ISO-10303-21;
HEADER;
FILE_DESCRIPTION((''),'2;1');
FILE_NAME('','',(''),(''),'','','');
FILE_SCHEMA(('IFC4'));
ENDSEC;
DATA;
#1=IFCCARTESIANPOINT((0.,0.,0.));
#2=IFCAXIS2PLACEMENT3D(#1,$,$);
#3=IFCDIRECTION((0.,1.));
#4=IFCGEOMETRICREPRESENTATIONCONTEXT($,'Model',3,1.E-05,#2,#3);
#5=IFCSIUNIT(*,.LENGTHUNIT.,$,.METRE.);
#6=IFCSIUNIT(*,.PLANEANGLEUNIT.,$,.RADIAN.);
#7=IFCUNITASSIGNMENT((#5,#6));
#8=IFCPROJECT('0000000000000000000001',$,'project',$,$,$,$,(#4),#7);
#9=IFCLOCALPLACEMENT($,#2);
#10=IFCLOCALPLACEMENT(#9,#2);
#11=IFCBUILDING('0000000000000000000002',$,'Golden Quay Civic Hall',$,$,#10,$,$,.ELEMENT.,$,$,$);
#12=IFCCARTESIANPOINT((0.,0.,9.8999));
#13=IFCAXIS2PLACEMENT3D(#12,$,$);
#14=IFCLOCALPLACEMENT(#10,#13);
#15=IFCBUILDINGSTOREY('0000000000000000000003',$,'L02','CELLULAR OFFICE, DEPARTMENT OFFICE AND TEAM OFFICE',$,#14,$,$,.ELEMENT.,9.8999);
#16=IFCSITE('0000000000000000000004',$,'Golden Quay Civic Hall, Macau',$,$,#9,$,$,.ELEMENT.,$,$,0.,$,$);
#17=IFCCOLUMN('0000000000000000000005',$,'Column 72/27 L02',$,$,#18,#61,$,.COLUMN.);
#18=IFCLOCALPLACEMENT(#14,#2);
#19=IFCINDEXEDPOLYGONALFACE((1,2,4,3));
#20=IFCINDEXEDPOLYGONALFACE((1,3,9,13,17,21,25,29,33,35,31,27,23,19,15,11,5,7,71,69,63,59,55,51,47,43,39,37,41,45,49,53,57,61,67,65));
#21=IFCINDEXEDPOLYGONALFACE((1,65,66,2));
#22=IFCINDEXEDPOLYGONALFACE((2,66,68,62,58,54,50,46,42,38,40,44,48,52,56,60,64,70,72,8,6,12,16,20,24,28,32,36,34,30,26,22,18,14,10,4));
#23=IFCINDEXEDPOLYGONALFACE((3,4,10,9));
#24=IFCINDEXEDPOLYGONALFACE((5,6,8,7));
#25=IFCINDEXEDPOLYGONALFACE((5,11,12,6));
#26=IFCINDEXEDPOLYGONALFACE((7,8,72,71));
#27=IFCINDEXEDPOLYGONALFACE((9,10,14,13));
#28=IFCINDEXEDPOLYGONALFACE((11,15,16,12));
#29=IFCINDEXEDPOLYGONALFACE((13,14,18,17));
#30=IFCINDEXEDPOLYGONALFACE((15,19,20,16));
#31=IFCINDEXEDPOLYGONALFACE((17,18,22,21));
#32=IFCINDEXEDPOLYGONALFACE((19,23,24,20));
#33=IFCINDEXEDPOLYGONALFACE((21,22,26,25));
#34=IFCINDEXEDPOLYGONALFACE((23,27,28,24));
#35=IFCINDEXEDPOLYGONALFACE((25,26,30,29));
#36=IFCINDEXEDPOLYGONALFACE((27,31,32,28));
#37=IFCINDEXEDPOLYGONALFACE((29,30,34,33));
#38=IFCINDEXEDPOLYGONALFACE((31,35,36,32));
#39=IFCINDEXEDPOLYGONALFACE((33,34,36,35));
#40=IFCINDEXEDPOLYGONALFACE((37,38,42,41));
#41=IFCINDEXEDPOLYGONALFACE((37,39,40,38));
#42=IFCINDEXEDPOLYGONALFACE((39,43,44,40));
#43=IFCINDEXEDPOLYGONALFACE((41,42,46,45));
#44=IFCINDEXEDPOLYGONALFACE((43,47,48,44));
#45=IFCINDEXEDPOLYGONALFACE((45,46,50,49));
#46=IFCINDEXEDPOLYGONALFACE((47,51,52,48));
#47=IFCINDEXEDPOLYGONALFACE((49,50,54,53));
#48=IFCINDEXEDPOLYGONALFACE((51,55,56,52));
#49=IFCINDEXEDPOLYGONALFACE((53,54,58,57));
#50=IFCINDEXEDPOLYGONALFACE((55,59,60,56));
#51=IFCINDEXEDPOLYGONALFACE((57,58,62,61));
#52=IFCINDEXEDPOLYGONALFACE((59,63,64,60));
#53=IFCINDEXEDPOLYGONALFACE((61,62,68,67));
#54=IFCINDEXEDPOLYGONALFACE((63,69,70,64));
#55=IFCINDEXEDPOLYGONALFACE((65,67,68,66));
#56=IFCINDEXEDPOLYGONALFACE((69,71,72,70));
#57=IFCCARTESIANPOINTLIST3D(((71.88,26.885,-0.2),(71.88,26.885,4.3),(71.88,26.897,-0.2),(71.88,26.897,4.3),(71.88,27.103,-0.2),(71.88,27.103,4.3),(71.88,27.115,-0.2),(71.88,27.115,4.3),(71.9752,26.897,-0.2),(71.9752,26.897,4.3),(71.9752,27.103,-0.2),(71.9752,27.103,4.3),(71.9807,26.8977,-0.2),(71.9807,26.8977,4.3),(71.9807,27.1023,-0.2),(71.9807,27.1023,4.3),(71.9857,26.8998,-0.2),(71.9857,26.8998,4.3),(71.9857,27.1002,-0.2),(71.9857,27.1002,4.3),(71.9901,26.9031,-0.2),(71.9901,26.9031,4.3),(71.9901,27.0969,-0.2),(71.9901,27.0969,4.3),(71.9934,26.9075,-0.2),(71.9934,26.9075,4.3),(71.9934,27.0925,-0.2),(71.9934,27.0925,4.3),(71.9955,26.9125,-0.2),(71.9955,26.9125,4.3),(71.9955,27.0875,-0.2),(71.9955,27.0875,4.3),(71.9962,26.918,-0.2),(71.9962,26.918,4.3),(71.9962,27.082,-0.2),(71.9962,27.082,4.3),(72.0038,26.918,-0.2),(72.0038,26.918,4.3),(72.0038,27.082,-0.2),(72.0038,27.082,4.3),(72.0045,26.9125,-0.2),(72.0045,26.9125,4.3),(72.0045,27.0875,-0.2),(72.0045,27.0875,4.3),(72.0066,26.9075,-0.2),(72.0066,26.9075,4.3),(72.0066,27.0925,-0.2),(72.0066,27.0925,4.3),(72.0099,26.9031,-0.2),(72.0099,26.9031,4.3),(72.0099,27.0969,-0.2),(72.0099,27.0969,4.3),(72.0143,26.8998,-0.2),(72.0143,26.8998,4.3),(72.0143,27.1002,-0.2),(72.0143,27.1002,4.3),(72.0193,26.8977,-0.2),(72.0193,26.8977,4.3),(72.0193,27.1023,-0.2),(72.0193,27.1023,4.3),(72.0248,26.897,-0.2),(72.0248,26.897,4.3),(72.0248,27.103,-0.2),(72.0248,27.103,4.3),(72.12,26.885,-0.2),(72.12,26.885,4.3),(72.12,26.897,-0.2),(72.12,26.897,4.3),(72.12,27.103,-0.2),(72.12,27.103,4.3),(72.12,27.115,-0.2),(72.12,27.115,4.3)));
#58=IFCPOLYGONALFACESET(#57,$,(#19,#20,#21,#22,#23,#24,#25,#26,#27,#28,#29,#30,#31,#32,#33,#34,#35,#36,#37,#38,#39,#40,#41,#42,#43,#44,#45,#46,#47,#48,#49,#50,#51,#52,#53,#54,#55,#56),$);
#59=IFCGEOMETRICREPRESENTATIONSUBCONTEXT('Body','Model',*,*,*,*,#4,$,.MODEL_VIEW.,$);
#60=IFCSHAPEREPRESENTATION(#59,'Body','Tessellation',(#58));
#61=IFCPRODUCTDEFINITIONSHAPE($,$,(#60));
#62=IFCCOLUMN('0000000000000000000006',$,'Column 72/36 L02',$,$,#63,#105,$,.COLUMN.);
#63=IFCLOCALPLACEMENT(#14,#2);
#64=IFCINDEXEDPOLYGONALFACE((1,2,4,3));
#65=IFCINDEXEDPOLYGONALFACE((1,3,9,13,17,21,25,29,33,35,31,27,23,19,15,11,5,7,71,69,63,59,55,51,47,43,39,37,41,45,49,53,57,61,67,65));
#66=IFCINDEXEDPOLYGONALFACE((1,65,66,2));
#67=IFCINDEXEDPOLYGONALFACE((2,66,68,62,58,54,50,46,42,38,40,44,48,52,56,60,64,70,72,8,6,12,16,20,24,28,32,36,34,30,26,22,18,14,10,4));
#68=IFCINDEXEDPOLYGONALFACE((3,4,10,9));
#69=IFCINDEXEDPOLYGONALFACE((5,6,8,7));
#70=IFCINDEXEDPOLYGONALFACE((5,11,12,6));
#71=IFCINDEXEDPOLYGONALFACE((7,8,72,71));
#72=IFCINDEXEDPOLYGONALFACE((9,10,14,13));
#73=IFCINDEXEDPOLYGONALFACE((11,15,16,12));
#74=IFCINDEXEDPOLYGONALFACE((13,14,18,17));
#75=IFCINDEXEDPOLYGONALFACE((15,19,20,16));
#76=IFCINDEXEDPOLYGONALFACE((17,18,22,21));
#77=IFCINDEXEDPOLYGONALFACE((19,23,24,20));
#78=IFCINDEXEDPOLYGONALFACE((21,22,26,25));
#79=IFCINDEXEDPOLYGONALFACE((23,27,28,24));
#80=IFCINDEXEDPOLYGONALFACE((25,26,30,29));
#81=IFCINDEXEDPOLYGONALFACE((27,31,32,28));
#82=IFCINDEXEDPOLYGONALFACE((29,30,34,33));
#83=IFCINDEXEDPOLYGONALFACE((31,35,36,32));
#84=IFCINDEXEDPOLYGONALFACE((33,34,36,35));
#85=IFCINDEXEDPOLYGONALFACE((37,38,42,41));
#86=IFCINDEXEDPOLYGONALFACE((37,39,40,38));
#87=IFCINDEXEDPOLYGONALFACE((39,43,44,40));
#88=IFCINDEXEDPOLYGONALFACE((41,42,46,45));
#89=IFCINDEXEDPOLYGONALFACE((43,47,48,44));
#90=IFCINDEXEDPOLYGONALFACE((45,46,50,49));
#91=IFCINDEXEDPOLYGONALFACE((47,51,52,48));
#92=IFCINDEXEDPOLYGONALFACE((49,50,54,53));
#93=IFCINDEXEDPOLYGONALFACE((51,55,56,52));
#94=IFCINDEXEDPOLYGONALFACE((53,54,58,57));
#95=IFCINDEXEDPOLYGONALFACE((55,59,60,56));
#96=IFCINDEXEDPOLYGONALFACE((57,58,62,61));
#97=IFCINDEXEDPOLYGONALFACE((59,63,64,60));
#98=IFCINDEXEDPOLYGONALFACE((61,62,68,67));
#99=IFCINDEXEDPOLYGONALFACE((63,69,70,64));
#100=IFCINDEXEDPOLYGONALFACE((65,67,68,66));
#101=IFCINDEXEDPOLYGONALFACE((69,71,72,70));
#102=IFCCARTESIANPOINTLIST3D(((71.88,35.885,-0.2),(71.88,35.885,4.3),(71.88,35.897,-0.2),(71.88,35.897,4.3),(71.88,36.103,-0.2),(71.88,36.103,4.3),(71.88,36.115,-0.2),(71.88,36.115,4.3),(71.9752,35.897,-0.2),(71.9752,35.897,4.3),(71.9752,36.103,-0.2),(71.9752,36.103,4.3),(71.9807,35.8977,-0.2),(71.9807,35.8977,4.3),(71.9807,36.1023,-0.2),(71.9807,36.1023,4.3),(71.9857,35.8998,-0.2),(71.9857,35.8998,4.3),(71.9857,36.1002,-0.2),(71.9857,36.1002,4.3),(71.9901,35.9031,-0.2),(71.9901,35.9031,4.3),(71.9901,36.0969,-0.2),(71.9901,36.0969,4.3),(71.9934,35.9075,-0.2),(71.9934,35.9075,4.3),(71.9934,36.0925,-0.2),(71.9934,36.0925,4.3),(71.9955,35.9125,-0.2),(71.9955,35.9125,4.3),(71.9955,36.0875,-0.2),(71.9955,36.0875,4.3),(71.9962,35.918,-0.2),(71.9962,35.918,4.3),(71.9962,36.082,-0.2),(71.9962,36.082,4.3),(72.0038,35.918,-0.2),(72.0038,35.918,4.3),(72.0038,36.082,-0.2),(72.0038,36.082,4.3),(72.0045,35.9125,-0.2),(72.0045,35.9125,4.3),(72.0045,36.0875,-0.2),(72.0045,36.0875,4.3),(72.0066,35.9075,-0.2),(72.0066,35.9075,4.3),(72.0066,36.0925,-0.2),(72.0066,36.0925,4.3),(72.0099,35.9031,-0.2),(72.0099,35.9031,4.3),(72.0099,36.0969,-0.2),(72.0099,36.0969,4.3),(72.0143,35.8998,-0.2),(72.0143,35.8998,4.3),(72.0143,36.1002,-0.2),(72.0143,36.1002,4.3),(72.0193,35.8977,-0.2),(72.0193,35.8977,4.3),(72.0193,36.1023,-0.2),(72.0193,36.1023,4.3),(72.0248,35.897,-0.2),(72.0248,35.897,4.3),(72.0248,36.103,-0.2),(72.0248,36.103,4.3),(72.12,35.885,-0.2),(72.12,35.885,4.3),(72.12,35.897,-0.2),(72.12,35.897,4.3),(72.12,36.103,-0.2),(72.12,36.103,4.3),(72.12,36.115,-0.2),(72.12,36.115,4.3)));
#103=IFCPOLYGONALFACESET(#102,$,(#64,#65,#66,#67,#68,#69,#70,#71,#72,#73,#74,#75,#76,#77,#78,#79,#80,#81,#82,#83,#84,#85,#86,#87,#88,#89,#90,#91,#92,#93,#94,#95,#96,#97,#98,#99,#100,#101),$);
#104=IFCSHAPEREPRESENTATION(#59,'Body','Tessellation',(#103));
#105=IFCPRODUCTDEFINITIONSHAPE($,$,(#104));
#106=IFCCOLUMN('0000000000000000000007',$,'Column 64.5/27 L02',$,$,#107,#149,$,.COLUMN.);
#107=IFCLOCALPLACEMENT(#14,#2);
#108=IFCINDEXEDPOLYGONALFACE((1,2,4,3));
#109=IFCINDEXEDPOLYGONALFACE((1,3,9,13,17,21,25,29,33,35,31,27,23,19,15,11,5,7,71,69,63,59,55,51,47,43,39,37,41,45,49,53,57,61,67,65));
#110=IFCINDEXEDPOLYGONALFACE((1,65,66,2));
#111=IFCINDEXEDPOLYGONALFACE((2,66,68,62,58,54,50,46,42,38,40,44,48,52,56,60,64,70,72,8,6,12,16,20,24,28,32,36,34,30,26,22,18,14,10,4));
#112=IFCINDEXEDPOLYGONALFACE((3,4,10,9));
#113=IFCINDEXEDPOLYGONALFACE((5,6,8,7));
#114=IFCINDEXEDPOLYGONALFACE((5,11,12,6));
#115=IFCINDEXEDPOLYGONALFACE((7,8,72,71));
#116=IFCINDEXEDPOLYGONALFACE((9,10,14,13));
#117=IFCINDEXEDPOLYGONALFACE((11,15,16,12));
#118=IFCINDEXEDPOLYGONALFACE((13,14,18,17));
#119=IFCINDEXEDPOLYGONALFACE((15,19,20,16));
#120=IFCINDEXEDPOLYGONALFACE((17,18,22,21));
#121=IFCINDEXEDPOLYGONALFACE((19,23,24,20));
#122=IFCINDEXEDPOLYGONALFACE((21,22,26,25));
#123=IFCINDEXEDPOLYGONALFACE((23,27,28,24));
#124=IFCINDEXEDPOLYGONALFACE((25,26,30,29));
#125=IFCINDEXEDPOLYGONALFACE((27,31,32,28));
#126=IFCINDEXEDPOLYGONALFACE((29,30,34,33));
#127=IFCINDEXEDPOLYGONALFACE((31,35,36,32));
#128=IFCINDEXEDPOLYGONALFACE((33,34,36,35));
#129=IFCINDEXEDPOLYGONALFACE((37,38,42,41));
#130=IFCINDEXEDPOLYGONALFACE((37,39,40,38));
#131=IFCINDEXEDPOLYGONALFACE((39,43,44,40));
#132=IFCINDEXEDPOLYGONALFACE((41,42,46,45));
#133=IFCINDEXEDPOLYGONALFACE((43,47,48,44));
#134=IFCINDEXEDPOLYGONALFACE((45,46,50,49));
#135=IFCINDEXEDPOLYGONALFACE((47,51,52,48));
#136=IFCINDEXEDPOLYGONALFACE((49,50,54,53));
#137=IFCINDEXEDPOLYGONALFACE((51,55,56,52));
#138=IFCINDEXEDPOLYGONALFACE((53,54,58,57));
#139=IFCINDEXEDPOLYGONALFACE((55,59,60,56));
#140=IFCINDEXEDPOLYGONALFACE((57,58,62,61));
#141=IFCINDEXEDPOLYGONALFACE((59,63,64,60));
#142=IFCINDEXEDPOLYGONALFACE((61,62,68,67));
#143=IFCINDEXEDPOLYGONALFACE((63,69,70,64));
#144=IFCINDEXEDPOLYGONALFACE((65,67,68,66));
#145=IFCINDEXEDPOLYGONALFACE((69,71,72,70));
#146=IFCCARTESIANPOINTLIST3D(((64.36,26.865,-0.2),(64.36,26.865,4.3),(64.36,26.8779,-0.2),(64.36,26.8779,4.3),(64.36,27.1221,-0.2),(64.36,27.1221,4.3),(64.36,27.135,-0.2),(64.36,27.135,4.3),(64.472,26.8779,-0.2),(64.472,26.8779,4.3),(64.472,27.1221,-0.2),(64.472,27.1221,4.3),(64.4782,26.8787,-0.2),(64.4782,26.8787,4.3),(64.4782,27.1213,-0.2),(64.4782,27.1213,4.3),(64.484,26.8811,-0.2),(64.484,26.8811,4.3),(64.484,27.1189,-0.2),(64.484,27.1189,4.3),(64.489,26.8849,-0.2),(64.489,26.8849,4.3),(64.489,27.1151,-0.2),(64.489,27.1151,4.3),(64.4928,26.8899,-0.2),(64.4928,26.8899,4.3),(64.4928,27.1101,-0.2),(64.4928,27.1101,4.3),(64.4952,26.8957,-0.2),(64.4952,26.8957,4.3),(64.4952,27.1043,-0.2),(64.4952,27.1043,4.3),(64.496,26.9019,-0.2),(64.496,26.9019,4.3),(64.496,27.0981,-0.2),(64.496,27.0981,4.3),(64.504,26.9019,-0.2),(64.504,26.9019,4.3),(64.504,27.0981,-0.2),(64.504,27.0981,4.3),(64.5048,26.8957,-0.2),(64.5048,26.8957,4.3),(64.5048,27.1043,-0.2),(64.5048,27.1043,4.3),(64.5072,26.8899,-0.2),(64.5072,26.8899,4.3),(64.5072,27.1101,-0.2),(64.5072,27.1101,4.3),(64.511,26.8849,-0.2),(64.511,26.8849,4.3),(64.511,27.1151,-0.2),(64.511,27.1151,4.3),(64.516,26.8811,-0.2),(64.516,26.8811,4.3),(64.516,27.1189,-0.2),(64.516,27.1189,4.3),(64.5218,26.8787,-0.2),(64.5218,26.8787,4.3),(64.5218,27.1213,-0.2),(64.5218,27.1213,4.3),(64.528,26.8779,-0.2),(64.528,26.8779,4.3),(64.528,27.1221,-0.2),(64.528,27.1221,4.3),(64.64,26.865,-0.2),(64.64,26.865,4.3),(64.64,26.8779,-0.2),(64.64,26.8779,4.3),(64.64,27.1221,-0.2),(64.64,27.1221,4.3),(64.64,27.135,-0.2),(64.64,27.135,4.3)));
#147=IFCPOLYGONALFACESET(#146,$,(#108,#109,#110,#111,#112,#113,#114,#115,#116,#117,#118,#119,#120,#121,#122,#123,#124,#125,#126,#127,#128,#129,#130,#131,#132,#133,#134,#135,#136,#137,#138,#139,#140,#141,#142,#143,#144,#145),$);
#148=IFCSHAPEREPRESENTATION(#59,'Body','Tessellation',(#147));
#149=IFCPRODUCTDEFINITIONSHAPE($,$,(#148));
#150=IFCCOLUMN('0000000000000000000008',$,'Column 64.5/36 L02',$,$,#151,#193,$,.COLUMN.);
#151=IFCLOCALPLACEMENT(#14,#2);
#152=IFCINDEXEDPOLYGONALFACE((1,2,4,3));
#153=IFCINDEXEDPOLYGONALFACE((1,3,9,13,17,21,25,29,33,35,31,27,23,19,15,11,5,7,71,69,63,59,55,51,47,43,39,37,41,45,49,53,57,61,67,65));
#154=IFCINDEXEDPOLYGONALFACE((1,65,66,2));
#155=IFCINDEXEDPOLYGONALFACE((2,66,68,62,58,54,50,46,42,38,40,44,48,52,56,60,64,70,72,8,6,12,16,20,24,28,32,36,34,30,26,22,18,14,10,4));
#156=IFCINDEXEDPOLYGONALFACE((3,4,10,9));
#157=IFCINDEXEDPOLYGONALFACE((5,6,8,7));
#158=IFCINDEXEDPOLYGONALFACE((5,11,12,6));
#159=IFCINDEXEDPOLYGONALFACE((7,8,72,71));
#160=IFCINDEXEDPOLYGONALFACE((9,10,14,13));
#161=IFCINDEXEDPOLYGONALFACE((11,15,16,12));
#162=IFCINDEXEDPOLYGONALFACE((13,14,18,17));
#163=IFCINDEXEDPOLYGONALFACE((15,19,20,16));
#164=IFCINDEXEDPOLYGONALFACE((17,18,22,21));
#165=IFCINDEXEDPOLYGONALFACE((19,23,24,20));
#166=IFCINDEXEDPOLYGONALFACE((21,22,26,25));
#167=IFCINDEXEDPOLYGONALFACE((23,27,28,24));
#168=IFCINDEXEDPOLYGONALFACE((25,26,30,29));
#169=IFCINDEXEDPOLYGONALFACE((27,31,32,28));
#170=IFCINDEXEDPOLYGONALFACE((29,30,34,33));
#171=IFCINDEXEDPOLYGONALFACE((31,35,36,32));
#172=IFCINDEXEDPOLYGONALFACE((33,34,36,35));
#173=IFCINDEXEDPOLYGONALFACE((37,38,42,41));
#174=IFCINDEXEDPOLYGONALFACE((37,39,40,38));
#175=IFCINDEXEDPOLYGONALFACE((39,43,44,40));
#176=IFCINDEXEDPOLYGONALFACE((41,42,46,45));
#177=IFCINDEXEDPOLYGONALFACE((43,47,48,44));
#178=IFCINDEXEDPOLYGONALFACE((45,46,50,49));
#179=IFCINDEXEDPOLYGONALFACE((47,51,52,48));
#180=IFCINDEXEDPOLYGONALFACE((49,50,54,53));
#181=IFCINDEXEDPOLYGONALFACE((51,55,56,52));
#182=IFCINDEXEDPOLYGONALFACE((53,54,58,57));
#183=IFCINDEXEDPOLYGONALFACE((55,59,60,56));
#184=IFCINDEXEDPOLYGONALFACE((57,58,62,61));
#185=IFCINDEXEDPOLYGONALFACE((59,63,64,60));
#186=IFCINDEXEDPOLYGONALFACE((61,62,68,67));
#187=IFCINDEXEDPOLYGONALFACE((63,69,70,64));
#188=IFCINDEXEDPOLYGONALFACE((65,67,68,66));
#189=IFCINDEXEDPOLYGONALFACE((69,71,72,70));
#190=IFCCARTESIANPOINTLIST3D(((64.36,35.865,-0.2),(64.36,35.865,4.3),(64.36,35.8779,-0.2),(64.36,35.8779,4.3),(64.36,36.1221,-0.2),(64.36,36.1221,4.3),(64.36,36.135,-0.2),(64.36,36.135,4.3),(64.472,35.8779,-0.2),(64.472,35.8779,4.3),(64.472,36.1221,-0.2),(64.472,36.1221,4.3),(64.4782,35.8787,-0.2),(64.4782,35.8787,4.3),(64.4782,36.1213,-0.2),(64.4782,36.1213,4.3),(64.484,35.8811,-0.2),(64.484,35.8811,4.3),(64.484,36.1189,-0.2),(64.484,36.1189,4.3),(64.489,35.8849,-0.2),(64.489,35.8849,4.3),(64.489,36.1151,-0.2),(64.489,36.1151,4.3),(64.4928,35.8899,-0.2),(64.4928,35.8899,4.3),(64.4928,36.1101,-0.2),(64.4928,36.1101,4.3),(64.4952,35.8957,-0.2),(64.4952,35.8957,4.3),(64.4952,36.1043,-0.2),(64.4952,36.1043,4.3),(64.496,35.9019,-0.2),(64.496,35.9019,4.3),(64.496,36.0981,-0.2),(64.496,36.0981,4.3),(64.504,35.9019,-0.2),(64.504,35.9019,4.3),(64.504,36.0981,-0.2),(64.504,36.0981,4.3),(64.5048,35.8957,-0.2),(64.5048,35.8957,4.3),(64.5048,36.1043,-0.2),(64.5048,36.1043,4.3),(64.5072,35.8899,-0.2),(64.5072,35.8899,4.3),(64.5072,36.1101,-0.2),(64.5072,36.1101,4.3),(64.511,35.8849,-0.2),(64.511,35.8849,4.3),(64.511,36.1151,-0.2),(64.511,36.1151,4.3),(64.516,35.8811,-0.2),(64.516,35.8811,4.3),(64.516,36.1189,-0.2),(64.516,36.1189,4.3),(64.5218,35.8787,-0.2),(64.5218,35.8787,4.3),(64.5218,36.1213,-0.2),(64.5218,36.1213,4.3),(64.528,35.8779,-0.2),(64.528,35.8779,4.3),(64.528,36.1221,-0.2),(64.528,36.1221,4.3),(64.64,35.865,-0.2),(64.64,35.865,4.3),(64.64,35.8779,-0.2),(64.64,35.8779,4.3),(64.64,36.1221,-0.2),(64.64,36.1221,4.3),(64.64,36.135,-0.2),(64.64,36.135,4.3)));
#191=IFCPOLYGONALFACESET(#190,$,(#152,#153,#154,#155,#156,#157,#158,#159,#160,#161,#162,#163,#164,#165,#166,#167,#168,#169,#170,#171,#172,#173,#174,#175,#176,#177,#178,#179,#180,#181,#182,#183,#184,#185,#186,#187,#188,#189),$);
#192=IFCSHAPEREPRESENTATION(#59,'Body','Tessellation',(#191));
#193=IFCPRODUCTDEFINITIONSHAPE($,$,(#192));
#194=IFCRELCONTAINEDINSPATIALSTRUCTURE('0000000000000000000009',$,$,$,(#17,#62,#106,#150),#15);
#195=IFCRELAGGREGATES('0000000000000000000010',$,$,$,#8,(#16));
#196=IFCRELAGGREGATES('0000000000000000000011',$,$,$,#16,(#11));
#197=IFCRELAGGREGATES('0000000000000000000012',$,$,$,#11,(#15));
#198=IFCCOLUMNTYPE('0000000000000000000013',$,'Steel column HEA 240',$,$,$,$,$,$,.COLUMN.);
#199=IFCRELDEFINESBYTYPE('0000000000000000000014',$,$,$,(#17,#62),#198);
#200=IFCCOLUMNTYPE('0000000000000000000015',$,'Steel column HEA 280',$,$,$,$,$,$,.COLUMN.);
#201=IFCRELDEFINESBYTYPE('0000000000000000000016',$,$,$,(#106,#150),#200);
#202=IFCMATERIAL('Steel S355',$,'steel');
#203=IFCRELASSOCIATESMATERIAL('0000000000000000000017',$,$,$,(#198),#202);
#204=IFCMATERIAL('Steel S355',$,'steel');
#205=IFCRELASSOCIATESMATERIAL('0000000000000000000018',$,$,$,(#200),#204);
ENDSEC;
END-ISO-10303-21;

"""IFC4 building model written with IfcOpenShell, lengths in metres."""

from ifc_helpers import new_model, si_unit, direction, frame, origin, origin_2d, place, context, subcontext, project, spatial, i_section, extrude, material, material_profile, profile_set, type_object, element, save


model = new_model("IFC4")

# Units and contexts
model_context = context("Model", 3, precision=1e-05, world=origin(), true_north=direction((0.0, 1.0)))
body_context = subcontext(model_context, "Body", "Model", "MODEL_VIEW")
ifc_project = project(units=[si_unit("LENGTHUNIT", "METRE"), si_unit("PLANEANGLEUNIT", "RADIAN")], contexts=[model_context])

# Site, building, storey
site_placement = place(None, origin())
site = spatial("IfcSite", under=ifc_project, at=site_placement, Name="Golden Quay Civic Hall, Macau", CompositionType="ELEMENT", RefElevation=0.0)
building_placement = place(site_placement, origin())
building = spatial("IfcBuilding", under=site, at=building_placement, Name="Golden Quay Civic Hall", CompositionType="ELEMENT")
storey_placement = place(building_placement, frame((0.0, 0.0, 9.8999)))
storey = spatial("IfcBuildingStorey", under=building, at=storey_placement, Name="L02", Description="CELLULAR OFFICE, DEPARTMENT OFFICE AND TEAM OFFICE", CompositionType="ELEMENT", Elevation=9.8999)

# Columns
ifc_material_1 = material(Name="Steel S355", Category="steel")
ifc_material_profile_1 = material_profile(ifc_material_1, i_section(OverallWidth=0.24, OverallDepth=0.23, WebThickness=0.0076, FlangeThickness=0.012, FilletRadius=0.021, at=origin_2d()), Name="HEA 240")
ifc_profile_set_1 = profile_set([ifc_material_profile_1], Name="Steel S355")
column_type_1 = type_object("IfcColumnType", Name="Steel column HEA 240", PredefinedType="COLUMN", material=ifc_profile_set_1)
for number, where, z_axis, x_axis, name in (
    (1, (72.0, 27.0, -0.2), (0.0, 0.0, 1.0), (1.0, 0.0, 0.0), "Column 72/27 L02"),
    (2, (72.0, 36.0, -0.2), (0.0, 0.0, 1.0), (1.0, 0.0, 0.0), "Column 72/36 L02"),
):
    element("IfcColumn", number, at=place(storey_placement, frame(where, z_axis=z_axis, x_axis=x_axis)), inside=storey, type_object=column_type_1, Name=name, PredefinedType="COLUMN", context=body_context, shape_type="SweptSolid", body=[
        extrude(i_section(OverallWidth=0.24, OverallDepth=0.23, WebThickness=0.0076, FlangeThickness=0.012, FilletRadius=0.021, at=origin_2d()), origin(), (0.0, 0.0, 1.0), 4.5),
    ])
ifc_material_2 = material(Name="Steel S355", Category="steel")
ifc_material_profile_2 = material_profile(ifc_material_2, i_section(OverallWidth=0.28, OverallDepth=0.27, WebThickness=0.0081, FlangeThickness=0.0129, FilletRadius=0.0239, at=origin_2d()), Name="HEA 280")
ifc_profile_set_2 = profile_set([ifc_material_profile_2], Name="Steel S355")
column_type_2 = type_object("IfcColumnType", Name="Steel column HEA 280", PredefinedType="COLUMN", material=ifc_profile_set_2)
for number, where, z_axis, x_axis, name in (
    (3, (64.5, 27.0, -0.2), (0.0, 0.0, 1.0), (1.0, 0.0, 0.0), "Column 64.5/27 L02"),
    (4, (64.5, 36.0, -0.2), (0.0, 0.0, 1.0), (1.0, 0.0, 0.0), "Column 64.5/36 L02"),
):
    element("IfcColumn", number, at=place(storey_placement, frame(where, z_axis=z_axis, x_axis=x_axis)), inside=storey, type_object=column_type_2, Name=name, PredefinedType="COLUMN", context=body_context, shape_type="SweptSolid", body=[
        extrude(i_section(OverallWidth=0.28, OverallDepth=0.27, WebThickness=0.0081, FlangeThickness=0.0129, FilletRadius=0.0239, at=origin_2d()), origin(), (0.0, 0.0, 1.0), 4.5),
    ])

save(model, "model.ifc")
